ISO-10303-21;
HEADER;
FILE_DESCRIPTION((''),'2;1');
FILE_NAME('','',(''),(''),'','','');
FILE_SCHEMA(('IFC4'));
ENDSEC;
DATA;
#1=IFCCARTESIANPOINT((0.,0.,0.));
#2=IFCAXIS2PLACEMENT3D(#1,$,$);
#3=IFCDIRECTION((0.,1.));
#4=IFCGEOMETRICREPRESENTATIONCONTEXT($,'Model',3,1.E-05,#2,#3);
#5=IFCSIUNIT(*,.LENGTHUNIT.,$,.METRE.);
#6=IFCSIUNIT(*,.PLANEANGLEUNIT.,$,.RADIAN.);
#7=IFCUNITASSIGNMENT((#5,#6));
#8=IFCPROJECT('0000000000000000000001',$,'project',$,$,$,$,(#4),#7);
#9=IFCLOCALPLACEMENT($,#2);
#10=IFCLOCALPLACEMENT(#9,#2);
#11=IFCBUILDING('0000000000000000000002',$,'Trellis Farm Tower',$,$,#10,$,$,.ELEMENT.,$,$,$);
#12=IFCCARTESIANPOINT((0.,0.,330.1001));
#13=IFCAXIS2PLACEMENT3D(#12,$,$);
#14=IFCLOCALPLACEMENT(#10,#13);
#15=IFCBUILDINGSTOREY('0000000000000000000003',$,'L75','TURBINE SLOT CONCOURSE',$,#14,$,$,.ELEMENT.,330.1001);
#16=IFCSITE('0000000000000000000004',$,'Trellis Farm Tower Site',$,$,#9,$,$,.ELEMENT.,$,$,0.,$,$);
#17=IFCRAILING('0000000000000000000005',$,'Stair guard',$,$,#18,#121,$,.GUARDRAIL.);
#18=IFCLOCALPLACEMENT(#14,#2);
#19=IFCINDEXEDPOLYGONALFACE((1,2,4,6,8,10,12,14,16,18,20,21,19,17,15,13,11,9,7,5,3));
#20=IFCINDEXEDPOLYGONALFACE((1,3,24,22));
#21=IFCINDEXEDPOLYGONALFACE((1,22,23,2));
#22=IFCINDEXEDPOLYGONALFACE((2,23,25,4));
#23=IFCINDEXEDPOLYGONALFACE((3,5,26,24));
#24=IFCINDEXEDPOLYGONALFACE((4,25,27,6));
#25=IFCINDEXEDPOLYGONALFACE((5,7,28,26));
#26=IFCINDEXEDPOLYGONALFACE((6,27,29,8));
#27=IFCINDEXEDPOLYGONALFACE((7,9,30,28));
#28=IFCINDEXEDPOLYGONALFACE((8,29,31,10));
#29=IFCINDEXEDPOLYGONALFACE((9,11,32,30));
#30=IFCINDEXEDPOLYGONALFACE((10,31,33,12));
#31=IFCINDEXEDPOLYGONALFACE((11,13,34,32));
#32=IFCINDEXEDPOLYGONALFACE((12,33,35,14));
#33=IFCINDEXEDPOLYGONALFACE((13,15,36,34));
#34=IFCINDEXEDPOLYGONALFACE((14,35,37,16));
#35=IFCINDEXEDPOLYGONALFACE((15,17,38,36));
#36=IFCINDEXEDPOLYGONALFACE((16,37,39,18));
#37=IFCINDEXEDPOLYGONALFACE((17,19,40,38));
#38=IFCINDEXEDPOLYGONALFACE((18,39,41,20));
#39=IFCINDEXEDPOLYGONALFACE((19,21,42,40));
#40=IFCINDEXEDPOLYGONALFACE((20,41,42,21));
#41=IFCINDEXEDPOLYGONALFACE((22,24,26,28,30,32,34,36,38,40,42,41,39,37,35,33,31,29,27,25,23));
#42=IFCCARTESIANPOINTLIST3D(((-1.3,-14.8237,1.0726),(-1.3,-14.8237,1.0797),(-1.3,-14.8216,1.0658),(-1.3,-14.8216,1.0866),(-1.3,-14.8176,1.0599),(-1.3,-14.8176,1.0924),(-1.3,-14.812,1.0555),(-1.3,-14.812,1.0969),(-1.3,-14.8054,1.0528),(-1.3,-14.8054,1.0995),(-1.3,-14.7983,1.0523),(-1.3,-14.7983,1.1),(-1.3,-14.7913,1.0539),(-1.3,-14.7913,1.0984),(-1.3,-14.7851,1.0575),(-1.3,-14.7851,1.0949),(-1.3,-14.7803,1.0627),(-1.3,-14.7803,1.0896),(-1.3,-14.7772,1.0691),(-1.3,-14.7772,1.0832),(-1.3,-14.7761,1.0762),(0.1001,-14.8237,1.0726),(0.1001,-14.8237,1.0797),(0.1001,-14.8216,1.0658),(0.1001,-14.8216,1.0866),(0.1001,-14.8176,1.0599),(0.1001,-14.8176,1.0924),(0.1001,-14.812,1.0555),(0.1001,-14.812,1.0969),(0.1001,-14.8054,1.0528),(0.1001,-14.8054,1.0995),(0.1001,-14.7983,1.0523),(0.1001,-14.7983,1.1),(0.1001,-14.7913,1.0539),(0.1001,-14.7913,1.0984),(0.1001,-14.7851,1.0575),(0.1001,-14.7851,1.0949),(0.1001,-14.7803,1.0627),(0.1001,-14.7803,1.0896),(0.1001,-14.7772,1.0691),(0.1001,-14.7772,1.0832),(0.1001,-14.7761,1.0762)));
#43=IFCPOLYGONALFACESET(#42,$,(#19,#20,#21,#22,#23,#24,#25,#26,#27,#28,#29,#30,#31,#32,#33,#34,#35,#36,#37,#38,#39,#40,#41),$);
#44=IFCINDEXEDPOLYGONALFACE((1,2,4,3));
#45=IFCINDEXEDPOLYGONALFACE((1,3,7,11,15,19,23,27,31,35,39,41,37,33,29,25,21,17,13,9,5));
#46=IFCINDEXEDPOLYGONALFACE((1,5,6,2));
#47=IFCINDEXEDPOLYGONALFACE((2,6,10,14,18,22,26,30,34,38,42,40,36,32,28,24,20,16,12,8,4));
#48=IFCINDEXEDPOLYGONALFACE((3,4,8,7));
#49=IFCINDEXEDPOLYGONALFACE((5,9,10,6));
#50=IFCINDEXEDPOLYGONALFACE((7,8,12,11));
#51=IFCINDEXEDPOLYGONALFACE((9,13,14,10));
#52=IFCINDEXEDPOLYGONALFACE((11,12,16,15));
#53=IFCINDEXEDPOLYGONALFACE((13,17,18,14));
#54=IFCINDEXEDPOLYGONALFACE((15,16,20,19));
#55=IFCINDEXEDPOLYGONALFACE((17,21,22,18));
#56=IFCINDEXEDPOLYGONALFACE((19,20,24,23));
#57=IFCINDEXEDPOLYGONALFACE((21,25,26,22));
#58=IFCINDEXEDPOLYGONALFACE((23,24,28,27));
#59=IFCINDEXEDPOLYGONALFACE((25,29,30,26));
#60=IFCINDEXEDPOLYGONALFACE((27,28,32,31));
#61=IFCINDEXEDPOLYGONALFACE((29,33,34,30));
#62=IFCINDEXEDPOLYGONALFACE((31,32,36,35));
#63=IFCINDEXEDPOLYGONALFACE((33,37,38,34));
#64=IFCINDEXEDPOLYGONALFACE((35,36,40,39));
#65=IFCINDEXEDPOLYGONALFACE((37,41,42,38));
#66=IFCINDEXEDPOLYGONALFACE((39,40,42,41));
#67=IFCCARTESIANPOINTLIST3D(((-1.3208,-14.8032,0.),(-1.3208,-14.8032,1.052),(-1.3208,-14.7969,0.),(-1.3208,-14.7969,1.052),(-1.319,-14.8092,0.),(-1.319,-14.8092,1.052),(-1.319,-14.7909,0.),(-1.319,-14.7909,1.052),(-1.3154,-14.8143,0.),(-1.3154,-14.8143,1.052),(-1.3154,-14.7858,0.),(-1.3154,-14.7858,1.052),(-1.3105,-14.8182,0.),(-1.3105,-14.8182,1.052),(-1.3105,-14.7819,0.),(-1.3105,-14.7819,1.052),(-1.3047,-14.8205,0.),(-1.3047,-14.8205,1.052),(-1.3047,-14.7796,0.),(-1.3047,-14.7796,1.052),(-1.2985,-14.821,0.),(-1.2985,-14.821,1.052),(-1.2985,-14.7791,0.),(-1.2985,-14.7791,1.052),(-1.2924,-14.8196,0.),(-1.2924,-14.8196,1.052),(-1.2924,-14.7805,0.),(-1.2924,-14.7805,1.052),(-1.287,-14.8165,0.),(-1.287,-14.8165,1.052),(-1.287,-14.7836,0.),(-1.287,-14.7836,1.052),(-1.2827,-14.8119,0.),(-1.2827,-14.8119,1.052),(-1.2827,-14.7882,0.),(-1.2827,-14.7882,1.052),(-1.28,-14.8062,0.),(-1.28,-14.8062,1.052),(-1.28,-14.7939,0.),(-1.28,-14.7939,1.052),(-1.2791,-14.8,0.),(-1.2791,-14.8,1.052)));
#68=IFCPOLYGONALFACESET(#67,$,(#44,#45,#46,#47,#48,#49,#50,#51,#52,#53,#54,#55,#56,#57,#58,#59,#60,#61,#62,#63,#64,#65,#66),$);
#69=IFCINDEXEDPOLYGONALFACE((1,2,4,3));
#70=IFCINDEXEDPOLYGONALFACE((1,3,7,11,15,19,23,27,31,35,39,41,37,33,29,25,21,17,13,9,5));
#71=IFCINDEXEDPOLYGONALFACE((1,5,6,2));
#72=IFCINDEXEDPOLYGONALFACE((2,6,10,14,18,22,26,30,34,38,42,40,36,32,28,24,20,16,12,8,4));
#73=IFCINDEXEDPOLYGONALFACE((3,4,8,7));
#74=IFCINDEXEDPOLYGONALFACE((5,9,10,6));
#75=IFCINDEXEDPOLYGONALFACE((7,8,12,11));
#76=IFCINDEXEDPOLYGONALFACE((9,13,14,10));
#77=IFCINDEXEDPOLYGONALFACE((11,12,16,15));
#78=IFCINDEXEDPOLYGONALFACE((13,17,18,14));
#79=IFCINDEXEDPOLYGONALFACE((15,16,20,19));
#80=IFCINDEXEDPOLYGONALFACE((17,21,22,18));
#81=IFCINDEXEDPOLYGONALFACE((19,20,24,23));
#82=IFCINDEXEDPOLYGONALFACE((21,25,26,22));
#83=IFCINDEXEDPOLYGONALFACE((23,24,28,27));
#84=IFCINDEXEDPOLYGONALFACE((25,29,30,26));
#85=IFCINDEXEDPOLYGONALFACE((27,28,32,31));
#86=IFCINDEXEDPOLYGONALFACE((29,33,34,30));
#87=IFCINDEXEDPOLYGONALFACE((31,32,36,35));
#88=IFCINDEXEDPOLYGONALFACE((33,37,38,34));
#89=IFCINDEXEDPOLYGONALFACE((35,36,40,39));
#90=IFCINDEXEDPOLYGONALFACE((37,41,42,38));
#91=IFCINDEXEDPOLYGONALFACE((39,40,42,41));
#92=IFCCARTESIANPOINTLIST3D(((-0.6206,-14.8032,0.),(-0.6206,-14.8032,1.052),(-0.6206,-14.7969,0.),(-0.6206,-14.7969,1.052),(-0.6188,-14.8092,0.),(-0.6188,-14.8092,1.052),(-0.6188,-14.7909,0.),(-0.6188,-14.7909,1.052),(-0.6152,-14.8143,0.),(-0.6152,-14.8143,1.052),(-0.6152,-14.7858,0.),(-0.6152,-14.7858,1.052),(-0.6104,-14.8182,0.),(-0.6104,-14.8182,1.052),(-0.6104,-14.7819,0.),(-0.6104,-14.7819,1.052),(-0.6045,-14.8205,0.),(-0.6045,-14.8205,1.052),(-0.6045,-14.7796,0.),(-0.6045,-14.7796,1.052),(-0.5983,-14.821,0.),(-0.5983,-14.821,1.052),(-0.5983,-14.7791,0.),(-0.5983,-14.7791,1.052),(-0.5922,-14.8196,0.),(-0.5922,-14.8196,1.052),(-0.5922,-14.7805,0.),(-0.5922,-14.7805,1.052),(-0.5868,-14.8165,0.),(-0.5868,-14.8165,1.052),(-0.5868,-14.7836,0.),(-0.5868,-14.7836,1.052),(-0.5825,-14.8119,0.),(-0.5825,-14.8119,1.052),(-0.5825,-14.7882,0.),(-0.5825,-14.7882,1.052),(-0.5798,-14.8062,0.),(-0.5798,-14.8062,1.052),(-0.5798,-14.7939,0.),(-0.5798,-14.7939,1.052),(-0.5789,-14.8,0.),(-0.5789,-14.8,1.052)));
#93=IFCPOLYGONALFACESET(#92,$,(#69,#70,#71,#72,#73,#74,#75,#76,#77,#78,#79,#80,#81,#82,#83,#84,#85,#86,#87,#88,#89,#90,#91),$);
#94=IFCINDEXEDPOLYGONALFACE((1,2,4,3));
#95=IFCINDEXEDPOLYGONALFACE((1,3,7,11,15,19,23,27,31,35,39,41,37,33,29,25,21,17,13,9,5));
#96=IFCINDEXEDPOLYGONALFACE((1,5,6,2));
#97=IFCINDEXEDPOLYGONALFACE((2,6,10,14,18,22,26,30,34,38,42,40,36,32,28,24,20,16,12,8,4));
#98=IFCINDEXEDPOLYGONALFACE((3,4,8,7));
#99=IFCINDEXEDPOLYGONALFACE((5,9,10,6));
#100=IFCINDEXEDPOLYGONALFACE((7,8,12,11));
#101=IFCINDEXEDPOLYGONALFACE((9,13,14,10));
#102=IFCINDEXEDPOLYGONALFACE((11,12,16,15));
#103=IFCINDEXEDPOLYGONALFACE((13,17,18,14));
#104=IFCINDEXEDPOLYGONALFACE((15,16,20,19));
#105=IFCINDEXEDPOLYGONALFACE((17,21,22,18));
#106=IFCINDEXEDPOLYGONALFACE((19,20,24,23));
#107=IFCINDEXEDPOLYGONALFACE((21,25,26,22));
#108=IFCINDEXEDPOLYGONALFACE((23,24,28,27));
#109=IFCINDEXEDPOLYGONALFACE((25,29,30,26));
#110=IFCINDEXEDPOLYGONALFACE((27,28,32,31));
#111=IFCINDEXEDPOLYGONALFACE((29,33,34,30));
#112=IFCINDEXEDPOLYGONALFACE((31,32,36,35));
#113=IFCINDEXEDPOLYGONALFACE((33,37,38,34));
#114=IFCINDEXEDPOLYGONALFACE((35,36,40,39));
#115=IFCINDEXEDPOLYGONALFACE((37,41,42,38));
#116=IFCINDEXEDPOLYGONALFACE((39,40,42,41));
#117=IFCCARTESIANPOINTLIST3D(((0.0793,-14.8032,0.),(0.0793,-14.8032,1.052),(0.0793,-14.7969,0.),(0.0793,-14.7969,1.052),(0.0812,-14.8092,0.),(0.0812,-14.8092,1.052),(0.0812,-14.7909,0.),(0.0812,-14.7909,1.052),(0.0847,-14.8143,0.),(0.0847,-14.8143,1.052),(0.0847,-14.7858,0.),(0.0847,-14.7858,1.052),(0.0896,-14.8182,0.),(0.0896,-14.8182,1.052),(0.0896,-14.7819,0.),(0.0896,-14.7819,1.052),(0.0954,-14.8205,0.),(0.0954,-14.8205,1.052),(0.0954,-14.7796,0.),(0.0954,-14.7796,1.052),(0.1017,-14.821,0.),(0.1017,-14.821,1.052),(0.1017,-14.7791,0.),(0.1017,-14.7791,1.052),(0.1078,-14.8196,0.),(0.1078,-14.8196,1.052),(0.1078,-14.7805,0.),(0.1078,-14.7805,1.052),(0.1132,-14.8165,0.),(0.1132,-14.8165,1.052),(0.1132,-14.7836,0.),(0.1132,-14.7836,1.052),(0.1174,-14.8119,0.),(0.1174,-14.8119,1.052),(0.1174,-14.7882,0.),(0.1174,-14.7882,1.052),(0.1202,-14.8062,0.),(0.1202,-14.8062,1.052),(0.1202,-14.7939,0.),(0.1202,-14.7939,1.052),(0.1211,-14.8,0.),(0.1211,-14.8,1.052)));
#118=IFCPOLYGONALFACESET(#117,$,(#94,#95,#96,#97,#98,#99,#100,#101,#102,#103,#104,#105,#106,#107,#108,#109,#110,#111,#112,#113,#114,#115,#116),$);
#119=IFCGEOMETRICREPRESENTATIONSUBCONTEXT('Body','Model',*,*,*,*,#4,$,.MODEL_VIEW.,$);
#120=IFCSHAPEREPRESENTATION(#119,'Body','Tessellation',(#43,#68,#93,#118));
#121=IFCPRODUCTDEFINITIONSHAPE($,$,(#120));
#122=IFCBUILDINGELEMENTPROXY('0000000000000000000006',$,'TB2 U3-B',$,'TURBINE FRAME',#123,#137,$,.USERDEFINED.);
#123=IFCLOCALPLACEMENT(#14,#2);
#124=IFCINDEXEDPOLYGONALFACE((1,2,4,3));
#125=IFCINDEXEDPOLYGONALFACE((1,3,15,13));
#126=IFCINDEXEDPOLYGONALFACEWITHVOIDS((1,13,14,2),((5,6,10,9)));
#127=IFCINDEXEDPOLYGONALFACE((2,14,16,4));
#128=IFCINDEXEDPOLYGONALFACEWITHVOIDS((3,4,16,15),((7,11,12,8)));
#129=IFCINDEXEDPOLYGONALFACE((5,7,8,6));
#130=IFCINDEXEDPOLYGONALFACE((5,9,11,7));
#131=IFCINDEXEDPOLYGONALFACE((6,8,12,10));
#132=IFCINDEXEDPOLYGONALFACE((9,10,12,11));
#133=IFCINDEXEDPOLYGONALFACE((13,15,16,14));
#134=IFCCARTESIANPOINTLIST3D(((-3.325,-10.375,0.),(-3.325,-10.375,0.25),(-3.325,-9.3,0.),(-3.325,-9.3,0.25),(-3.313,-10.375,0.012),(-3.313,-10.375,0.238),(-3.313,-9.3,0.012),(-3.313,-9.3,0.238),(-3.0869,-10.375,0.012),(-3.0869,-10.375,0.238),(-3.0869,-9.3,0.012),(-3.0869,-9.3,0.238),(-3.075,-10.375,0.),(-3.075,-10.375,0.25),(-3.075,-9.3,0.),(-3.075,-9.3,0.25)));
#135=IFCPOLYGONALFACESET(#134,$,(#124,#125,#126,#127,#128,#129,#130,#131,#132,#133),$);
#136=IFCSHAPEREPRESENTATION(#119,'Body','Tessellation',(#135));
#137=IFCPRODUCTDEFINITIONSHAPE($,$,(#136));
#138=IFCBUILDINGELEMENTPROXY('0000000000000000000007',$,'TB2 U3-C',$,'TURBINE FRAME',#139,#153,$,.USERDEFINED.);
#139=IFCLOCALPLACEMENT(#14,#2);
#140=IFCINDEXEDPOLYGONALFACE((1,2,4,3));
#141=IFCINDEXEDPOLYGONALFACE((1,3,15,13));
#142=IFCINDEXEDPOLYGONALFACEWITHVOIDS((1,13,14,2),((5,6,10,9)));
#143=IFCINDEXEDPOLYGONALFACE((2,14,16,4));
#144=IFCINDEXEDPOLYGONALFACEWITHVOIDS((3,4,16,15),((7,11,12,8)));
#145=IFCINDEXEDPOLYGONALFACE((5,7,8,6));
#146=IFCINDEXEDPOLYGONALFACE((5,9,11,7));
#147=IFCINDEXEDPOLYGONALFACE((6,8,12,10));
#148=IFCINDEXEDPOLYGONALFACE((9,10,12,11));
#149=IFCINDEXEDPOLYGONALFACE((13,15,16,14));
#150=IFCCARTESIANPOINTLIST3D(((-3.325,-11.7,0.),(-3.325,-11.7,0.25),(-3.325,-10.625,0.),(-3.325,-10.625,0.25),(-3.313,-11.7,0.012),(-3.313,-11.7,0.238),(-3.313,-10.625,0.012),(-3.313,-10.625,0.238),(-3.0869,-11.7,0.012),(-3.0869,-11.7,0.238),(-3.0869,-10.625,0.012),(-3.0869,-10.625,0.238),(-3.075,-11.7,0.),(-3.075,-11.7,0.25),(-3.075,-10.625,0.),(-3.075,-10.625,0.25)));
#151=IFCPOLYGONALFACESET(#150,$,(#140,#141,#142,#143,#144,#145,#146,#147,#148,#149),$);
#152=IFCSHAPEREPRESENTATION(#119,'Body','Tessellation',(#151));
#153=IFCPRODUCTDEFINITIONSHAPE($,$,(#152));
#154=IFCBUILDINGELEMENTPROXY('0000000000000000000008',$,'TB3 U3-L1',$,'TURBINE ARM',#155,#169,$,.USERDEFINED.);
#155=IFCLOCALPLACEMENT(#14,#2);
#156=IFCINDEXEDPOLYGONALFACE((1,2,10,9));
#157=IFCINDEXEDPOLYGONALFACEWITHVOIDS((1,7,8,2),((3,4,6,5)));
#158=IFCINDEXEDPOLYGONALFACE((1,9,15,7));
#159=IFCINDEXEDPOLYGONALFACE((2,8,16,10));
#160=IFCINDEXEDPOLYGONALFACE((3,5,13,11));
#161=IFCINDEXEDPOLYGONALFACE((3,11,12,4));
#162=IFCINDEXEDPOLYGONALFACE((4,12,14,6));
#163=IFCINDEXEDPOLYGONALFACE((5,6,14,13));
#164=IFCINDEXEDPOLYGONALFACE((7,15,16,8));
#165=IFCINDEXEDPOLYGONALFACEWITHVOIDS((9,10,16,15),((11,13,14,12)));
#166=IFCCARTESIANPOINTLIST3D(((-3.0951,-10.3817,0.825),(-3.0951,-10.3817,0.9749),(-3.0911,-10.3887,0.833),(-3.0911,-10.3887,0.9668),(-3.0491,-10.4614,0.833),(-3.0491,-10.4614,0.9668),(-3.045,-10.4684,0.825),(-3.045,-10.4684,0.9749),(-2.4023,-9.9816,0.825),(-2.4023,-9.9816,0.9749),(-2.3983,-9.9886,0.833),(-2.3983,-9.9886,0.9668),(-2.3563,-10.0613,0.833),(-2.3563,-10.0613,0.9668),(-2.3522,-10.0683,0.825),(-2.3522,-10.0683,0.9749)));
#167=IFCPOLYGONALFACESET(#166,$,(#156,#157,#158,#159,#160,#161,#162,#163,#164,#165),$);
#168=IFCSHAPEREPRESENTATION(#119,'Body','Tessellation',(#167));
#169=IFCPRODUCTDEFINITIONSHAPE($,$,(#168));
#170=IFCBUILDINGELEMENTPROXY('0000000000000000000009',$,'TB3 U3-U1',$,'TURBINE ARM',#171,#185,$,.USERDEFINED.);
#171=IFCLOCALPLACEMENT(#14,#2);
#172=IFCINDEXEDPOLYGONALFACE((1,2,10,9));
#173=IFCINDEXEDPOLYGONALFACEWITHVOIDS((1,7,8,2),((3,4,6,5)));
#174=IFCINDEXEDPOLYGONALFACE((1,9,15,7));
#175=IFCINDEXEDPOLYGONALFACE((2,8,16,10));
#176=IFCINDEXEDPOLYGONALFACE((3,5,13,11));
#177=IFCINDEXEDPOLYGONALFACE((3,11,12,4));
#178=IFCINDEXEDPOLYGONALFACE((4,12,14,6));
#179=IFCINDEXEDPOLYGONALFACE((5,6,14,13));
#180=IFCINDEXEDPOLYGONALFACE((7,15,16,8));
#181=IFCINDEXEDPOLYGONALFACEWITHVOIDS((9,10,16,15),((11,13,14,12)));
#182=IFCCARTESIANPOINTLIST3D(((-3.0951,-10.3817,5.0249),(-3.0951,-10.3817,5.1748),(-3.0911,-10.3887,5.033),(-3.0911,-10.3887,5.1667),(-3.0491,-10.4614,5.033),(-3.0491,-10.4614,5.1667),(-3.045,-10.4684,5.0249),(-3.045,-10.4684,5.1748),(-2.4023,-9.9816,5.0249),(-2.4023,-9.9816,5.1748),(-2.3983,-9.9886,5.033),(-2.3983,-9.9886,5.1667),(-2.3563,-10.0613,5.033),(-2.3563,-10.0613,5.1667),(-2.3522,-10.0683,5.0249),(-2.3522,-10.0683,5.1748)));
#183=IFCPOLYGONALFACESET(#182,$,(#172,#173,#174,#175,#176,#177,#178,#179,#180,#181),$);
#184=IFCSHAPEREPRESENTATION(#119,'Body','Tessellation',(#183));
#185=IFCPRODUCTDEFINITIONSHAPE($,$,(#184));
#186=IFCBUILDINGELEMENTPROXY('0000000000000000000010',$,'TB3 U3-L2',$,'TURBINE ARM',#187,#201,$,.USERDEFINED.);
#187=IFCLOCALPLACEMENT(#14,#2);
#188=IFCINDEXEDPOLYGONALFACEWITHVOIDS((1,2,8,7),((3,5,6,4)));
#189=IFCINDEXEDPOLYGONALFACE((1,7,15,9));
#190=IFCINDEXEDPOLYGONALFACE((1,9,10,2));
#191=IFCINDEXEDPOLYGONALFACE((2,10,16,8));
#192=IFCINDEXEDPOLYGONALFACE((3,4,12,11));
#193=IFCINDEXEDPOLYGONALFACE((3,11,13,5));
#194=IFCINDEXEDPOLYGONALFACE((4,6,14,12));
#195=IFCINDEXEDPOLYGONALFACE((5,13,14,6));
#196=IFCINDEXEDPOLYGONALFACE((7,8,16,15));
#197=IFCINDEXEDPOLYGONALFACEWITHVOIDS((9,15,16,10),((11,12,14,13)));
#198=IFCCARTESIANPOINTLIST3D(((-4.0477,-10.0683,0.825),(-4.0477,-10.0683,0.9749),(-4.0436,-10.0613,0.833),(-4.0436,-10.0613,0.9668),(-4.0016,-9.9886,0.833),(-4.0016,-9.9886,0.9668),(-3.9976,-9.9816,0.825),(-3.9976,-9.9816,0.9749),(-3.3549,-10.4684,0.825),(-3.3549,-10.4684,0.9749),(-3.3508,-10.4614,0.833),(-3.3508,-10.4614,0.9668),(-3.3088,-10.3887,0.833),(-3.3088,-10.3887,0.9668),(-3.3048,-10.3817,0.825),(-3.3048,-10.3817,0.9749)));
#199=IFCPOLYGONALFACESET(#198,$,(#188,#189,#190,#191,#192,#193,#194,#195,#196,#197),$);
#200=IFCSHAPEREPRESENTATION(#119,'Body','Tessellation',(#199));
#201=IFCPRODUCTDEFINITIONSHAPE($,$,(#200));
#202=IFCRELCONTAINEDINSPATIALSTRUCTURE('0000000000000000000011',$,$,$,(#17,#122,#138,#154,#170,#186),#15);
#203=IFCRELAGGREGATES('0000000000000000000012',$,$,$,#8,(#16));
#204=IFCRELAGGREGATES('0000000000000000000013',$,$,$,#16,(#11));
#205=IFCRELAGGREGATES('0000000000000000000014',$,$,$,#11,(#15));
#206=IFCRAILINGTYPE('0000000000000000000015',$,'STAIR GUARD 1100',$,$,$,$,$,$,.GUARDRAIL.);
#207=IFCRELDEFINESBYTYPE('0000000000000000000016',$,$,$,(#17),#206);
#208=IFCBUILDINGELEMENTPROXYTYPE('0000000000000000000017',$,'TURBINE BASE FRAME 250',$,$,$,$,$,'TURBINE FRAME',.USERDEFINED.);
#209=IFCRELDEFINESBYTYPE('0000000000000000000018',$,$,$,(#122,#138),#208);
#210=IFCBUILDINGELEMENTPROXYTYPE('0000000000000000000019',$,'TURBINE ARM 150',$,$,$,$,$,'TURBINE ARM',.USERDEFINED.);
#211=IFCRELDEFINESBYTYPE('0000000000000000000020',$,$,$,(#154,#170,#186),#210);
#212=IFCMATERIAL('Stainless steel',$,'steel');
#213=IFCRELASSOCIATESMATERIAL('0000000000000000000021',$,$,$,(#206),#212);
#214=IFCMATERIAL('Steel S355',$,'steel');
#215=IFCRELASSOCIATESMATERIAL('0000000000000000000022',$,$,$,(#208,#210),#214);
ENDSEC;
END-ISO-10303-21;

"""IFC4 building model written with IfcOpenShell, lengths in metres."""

from ifc_helpers import new_model, si_unit, direction, frame, origin, origin_2d, place, context, subcontext, project, spatial, hollow_rectangle, circle, extrude, source, transform, mapped, material, material_profile, profile_set, type_object, element, save


model = new_model("IFC4")

# Units and contexts
model_context = context("Model", 3, precision=1e-05, world=origin(), true_north=direction((0.0, 1.0)))
body_context = subcontext(model_context, "Body", "Model", "MODEL_VIEW")
ifc_project = project(units=[si_unit("LENGTHUNIT", "METRE"), si_unit("PLANEANGLEUNIT", "RADIAN")], contexts=[model_context])

# Site, building, storey
site_placement = place(None, origin())
site = spatial("IfcSite", under=ifc_project, at=site_placement, Name="Trellis Farm Tower Site", CompositionType="ELEMENT", RefElevation=0.0)
building_placement = place(site_placement, origin())
building = spatial("IfcBuilding", under=site, at=building_placement, Name="Trellis Farm Tower", CompositionType="ELEMENT")
storey_placement = place(building_placement, frame((0.0, 0.0, 330.1001)))
storey = spatial("IfcBuildingStorey", under=building, at=storey_placement, Name="L75", Description="TURBINE SLOT CONCOURSE", CompositionType="ELEMENT", Elevation=330.1001)

# Shared definitions
ifc_material_1 = material(Name="Steel S355", Category="steel")

# Railing
ifc_material_2 = material(Name="Stainless steel", Category="steel")
railing_type_1 = type_object("IfcRailingType", Name="STAIR GUARD 1100", PredefinedType="GUARDRAIL", material=ifc_material_2)
railing_1_placement = place(storey_placement, frame((-1.3, -14.8, 0.0)))
element("IfcRailing", 1, at=railing_1_placement, inside=storey, type_object=railing_type_1, Name="Stair guard", PredefinedType="GUARDRAIL", context=body_context, shape_type="SweptSolid", body=[
    extrude(circle(Radius=0.0239, at=origin_2d()), frame((0.0, 0.0, 1.0762), z_axis=(1.0, 0.0, 0.0), x_axis=(0.0, 1.0, 0.0)), (0.0, 0.0, 1.0), 1.4001),
    extrude(circle(Radius=0.021, at=origin_2d()), origin(), (0.0, 0.0, 1.0), 1.052),
    extrude(circle(Radius=0.021, at=origin_2d()), frame((0.7002, 0.0, 0.0)), (0.0, 0.0, 1.0), 1.052),
    extrude(circle(Radius=0.021, at=origin_2d()), frame((1.4001, 0.0, 0.0)), (0.0, 0.0, 1.0), 1.052),
])

# Building element proxies
ifc_material_profile_1 = material_profile(ifc_material_1, hollow_rectangle(XDim=0.25, YDim=0.25, WallThickness=0.012, at=origin_2d()), Name="RHS 250x250x12")
ifc_profile_set_1 = profile_set([ifc_material_profile_1], Name="Steel S355")
building_element_proxy_type_1 = type_object("IfcBuildingElementProxyType", Name="TURBINE BASE FRAME 250", ElementType="TURBINE FRAME", PredefinedType="USERDEFINED", material=ifc_profile_set_1)
shared_shape_1 = source(origin(), body_context, "Body", "SweptSolid", [
    extrude(hollow_rectangle(XDim=0.25, YDim=0.25, WallThickness=0.012, at=origin_2d()), origin(), (0.0, 0.0, 1.0), 1.075),
])
for number, where, z_axis, x_axis, name in (
    (2, (-3.2, -10.375, 0.125), (0.0, 1.0, 0.0), (-1.0, 0.0, 0.0), "TB2 U3-B"),
    (3, (-3.2, -10.625, 0.125), (0.0, -1.0, 0.0), (1.0, 0.0, 0.0), "TB2 U3-C"),
):
    element("IfcBuildingElementProxy", number, at=place(storey_placement, frame(where, z_axis=z_axis, x_axis=x_axis)), inside=storey, type_object=building_element_proxy_type_1, Name=name, ObjectType="TURBINE FRAME", PredefinedType="USERDEFINED", context=body_context, shape_type="MappedRepresentation", body=[
        mapped(shared_shape_1, transform((0.0, 0.0, 0.0))),
    ])
ifc_material_profile_2 = material_profile(ifc_material_1, hollow_rectangle(XDim=0.1001, YDim=0.1499, WallThickness=0.0081, at=origin_2d()), Name="RHS 150x100x8")
ifc_profile_set_2 = profile_set([ifc_material_profile_2], Name="Steel S355")
building_element_proxy_type_2 = type_object("IfcBuildingElementProxyType", Name="TURBINE ARM 150", ElementType="TURBINE ARM", PredefinedType="USERDEFINED", material=ifc_profile_set_2)
shared_shape_2 = source(origin(), body_context, "Body", "SweptSolid", [
    extrude(hollow_rectangle(XDim=0.1001, YDim=0.1499, WallThickness=0.0081, at=origin_2d()), origin(), (0.0, 0.0, 1.0), 0.8),
])
for number, where, z_axis, x_axis, name in (
    (4, (-3.0701, -10.425, 0.8999), (0.865962, 0.50011, 0.0), (-0.50011, 0.865962, 0.0), "TB3 U3-L1"),
    (5, (-3.0701, -10.425, 5.0999), (0.865962, 0.50011, 0.0), (-0.50011, 0.865962, 0.0), "TB3 U3-U1"),
    (6, (-3.3298, -10.425, 0.8999), (-0.865962, 0.50011, 0.0), (-0.50011, -0.865962, 0.0), "TB3 U3-L2"),
):
    element("IfcBuildingElementProxy", number, at=place(storey_placement, frame(where, z_axis=z_axis, x_axis=x_axis)), inside=storey, type_object=building_element_proxy_type_2, Name=name, ObjectType="TURBINE ARM", PredefinedType="USERDEFINED", context=body_context, shape_type="MappedRepresentation", body=[
        mapped(shared_shape_2, transform((0.0, 0.0, 0.0))),
    ])

save(model, "model.ifc")
